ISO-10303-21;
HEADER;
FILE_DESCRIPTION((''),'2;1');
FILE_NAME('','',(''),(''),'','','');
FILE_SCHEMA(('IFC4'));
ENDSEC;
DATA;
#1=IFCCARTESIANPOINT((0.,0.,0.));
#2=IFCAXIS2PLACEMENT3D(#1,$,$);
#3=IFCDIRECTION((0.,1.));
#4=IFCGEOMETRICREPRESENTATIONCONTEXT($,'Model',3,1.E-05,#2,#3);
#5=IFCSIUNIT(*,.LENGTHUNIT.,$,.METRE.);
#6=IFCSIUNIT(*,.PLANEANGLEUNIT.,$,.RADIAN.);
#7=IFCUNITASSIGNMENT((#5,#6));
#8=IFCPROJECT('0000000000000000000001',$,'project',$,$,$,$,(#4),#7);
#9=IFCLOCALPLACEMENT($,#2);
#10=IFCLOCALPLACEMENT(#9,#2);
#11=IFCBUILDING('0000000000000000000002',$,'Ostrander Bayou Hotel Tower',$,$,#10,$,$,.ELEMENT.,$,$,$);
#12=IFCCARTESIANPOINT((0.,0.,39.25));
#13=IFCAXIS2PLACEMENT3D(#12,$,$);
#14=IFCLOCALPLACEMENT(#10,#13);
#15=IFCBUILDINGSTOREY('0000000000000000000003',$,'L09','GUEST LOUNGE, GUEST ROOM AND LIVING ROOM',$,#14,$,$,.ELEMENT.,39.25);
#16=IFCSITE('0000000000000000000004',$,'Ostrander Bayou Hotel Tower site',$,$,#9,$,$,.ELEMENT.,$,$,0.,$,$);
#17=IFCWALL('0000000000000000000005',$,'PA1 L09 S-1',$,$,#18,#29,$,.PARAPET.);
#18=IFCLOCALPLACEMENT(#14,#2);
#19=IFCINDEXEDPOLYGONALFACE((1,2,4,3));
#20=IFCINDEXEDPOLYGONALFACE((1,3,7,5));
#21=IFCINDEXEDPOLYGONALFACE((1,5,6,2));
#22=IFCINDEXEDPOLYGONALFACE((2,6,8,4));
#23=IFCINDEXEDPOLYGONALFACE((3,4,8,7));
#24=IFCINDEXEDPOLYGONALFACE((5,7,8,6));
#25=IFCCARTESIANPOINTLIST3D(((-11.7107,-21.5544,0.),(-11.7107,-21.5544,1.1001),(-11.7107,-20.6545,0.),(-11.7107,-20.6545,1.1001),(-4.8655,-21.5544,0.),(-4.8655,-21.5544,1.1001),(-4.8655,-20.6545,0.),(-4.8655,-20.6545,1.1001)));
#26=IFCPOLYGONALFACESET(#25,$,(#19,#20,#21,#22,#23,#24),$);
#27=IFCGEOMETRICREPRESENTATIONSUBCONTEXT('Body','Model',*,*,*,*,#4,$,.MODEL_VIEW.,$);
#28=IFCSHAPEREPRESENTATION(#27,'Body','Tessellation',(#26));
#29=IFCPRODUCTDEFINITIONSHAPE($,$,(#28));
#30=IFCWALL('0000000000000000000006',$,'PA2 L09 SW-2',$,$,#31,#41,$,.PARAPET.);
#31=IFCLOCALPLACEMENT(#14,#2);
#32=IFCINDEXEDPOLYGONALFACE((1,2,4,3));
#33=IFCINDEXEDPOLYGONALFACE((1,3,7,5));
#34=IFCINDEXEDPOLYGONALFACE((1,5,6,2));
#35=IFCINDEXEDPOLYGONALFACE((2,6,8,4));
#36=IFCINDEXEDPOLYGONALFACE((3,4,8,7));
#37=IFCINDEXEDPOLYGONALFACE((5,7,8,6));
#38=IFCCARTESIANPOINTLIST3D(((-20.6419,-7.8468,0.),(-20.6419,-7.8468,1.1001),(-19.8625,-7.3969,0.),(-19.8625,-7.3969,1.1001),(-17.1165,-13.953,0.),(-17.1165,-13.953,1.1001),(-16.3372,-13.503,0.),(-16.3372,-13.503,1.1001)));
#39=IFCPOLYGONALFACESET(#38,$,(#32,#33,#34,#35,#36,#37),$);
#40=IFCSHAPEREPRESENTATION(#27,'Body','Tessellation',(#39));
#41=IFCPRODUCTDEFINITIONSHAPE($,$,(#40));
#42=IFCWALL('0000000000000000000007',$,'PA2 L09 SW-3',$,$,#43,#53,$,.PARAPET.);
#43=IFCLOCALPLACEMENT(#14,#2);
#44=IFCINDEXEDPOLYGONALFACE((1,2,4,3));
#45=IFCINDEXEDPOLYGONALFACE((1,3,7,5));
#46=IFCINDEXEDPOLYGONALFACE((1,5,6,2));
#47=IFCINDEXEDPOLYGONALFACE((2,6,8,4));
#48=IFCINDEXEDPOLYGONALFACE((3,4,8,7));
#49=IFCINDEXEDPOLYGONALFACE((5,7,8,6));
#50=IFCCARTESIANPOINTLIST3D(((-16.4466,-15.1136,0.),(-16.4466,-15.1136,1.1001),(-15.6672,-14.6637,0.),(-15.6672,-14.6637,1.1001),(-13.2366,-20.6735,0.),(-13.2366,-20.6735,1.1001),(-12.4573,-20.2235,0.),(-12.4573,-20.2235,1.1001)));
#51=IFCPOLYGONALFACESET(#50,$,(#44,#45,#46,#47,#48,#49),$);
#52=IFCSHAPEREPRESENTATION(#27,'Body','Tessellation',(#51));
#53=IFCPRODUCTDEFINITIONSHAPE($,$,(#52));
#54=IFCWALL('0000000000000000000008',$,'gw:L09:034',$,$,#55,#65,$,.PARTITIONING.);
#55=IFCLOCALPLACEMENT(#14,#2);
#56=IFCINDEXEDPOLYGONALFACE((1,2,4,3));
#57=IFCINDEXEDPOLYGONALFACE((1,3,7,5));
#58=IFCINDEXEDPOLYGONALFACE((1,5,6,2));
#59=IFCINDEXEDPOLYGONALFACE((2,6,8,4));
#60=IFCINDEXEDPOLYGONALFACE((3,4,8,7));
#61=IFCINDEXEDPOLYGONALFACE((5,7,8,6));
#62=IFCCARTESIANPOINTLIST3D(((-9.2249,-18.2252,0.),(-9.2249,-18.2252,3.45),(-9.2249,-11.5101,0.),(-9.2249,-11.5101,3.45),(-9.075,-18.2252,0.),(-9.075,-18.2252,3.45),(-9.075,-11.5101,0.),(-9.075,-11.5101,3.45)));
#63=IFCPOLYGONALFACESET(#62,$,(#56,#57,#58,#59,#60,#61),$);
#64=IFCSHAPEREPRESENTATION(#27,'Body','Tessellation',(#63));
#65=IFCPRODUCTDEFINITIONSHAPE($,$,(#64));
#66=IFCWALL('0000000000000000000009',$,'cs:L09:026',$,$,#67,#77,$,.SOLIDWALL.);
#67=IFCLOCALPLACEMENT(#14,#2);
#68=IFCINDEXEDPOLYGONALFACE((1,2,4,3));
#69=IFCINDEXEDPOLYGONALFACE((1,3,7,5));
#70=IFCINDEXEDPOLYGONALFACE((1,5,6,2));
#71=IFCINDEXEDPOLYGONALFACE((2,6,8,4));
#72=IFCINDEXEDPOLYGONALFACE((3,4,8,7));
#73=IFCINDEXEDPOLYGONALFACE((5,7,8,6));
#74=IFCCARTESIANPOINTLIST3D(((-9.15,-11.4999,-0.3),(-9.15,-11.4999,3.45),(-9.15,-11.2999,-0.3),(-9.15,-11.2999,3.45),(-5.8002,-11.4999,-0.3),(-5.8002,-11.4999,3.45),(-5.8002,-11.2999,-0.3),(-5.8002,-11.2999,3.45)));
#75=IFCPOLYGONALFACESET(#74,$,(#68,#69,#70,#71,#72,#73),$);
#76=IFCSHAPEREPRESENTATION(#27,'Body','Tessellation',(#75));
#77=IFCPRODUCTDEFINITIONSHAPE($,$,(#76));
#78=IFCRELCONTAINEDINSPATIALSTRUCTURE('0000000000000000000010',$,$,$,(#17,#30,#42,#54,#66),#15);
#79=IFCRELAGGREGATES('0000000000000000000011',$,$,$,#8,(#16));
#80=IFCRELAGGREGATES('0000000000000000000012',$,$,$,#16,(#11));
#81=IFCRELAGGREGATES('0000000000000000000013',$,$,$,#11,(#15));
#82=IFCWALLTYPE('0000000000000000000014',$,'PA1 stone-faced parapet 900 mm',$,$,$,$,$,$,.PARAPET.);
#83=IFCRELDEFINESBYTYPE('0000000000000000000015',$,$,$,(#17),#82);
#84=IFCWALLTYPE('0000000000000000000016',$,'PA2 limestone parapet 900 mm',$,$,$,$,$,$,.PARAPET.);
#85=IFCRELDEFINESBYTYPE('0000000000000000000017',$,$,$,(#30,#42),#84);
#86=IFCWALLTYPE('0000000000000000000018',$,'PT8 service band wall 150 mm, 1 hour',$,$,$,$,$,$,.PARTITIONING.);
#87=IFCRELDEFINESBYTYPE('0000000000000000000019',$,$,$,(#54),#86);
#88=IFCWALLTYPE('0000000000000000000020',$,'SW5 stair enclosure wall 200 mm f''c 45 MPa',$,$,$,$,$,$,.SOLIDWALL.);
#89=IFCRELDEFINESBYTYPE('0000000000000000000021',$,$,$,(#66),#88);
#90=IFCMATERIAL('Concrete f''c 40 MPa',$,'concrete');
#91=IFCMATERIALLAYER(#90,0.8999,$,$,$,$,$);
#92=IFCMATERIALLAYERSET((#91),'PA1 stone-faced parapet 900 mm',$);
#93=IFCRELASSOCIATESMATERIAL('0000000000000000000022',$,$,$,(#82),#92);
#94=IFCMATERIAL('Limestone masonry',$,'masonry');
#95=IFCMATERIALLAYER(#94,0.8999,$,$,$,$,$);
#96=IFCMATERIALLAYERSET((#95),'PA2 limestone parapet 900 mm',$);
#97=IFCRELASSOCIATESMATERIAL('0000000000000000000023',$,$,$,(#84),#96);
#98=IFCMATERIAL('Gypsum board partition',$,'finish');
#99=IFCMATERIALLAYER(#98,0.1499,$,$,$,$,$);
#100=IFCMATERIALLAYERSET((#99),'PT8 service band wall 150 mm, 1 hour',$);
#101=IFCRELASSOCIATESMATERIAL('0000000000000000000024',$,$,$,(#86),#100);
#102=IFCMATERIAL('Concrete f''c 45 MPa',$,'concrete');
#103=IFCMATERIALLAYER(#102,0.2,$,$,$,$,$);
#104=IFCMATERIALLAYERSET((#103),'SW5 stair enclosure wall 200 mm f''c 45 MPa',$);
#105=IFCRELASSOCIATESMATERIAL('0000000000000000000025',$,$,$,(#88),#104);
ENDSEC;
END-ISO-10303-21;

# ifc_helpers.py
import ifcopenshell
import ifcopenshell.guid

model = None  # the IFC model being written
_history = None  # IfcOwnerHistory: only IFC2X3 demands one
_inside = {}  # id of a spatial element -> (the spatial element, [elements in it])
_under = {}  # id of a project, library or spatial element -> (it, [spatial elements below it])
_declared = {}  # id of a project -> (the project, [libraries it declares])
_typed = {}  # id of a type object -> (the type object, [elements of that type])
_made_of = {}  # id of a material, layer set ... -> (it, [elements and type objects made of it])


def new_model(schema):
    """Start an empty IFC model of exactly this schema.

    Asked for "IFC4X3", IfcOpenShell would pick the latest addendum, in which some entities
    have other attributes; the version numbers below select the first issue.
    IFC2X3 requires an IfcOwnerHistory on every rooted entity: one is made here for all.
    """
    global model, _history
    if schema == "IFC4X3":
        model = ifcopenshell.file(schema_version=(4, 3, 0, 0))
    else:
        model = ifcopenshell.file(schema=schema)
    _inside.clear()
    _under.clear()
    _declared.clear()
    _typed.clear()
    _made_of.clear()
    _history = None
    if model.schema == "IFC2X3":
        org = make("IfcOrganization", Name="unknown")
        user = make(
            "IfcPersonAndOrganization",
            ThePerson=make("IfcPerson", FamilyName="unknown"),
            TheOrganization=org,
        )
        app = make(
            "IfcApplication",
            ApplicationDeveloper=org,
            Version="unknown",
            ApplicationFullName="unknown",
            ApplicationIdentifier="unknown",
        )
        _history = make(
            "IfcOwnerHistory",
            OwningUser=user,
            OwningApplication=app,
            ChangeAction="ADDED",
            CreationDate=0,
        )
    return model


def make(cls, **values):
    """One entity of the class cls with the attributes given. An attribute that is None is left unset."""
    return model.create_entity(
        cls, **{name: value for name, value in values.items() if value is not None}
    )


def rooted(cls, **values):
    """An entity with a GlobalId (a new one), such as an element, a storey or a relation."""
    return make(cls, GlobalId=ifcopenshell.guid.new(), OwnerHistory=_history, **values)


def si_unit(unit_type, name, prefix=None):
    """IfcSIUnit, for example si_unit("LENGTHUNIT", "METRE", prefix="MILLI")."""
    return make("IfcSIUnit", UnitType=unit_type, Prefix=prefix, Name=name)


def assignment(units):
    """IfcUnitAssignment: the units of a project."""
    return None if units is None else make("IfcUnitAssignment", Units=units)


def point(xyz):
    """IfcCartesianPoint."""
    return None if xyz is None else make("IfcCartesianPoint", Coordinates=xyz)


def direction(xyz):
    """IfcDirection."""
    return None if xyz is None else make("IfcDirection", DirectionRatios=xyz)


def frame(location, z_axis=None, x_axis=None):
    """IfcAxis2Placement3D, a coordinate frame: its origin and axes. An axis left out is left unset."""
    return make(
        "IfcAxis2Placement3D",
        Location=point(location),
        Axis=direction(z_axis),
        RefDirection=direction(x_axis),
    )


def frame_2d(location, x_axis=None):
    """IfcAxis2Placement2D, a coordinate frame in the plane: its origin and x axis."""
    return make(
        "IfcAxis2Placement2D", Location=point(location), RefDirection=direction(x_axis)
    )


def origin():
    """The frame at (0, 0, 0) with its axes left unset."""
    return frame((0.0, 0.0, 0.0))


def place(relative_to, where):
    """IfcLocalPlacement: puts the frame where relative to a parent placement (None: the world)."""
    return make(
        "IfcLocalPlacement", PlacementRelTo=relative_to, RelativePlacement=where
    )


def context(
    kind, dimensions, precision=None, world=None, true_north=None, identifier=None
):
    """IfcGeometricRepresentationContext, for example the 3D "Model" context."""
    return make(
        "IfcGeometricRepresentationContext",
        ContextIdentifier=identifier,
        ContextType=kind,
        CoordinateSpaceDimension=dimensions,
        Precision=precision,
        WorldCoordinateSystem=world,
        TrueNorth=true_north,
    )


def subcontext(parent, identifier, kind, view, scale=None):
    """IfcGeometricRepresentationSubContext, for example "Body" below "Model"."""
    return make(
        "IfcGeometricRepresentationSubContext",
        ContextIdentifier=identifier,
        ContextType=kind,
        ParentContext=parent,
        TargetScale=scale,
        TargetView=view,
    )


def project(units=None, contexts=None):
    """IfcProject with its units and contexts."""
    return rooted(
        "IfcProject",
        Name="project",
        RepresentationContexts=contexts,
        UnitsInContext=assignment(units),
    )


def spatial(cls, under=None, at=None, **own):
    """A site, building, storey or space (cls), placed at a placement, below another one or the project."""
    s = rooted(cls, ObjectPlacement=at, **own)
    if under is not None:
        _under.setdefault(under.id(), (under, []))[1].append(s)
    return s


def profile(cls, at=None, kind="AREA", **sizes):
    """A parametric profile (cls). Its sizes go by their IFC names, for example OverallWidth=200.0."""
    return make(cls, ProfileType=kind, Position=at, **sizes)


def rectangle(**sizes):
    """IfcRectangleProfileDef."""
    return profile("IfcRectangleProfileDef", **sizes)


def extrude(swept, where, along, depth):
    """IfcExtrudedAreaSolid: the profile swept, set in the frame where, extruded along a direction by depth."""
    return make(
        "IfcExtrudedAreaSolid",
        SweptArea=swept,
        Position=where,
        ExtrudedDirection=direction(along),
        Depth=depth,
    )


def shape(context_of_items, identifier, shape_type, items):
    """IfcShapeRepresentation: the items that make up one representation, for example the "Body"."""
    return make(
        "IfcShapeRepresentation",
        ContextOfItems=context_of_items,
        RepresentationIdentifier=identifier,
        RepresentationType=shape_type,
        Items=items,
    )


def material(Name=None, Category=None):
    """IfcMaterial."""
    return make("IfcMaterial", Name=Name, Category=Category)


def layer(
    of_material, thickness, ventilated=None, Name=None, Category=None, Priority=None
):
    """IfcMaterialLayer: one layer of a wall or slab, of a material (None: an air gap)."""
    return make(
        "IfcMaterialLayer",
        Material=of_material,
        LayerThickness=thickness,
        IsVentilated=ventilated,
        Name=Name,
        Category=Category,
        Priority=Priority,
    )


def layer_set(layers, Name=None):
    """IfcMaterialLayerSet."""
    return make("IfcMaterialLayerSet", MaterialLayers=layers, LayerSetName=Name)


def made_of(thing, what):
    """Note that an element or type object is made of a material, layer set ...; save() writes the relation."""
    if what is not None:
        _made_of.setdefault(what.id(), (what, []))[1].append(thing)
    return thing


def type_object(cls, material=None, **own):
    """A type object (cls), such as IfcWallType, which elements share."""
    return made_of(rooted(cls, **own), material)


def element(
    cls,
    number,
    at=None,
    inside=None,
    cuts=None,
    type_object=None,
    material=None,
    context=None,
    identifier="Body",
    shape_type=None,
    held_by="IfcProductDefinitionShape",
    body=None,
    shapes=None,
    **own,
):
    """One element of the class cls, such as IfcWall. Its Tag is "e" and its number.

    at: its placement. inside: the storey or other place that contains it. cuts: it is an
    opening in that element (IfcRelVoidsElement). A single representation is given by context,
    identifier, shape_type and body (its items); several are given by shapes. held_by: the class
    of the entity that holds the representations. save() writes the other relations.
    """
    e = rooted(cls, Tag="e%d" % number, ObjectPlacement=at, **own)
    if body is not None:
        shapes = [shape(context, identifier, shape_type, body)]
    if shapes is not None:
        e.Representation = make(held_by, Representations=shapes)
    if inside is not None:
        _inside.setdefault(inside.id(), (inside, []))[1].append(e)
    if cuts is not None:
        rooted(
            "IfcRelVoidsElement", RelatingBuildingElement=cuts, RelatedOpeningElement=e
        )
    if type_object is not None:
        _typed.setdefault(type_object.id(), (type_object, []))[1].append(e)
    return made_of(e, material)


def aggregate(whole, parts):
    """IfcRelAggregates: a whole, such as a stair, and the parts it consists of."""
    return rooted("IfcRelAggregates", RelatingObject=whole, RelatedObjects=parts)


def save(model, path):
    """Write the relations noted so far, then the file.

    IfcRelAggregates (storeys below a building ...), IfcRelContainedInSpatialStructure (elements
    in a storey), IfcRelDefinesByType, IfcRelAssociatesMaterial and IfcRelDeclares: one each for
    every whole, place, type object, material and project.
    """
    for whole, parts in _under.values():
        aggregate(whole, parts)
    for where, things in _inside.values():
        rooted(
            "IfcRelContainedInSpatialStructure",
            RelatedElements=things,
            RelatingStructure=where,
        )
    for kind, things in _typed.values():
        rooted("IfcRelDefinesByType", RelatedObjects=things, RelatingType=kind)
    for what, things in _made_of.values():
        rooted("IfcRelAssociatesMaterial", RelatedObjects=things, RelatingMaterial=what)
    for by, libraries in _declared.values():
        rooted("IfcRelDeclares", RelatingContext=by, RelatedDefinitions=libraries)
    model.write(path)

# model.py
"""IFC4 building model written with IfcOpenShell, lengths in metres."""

from ifc_helpers import new_model, si_unit, direction, frame, frame_2d, origin, place, context, subcontext, project, spatial, rectangle, extrude, material, layer, layer_set, type_object, element, save


model = new_model("IFC4")

# Units and contexts
model_context = context("Model", 3, precision=1e-05, world=origin(), true_north=direction((0.0, 1.0)))
body_context = subcontext(model_context, "Body", "Model", "MODEL_VIEW")
ifc_project = project(units=[si_unit("LENGTHUNIT", "METRE"), si_unit("PLANEANGLEUNIT", "RADIAN")], contexts=[model_context])

# Site, building, storey
site_placement = place(None, origin())
site = spatial("IfcSite", under=ifc_project, at=site_placement, Name="Ostrander Bayou Hotel Tower site", CompositionType="ELEMENT", RefElevation=0.0)
building_placement = place(site_placement, origin())
building = spatial("IfcBuilding", under=site, at=building_placement, Name="Ostrander Bayou Hotel Tower", CompositionType="ELEMENT")
storey_placement = place(building_placement, frame((0.0, 0.0, 39.25)))
storey = spatial("IfcBuildingStorey", under=building, at=storey_placement, Name="L09", Description="GUEST LOUNGE, GUEST ROOM AND LIVING ROOM", CompositionType="ELEMENT", Elevation=39.25)

# Walls
ifc_material_1 = material(Name="Concrete f'c 40 MPa", Category="concrete")
ifc_layer_1 = layer(ifc_material_1, 0.8999)
ifc_layer_set_1 = layer_set([ifc_layer_1], Name="PA1 stone-faced parapet 900 mm")
wall_type_1 = type_object("IfcWallType", Name="PA1 stone-faced parapet 900 mm", PredefinedType="PARAPET", material=ifc_layer_set_1)
wall_1_placement = place(storey_placement, frame((-11.7107, -21.1045, 0.0), z_axis=(0.0, 0.0, 1.0), x_axis=(1.0, 0.0, 0.0)))
element("IfcWall", 1, at=wall_1_placement, inside=storey, type_object=wall_type_1, Name="PA1 L09 S-1", PredefinedType="PARAPET", context=body_context, shape_type="SweptSolid", body=[
    extrude(rectangle(XDim=6.8452, YDim=0.8999, at=frame_2d((3.4226, 0.0))), origin(), (0.0, 0.0, 1.0), 1.1001),
])
ifc_material_2 = material(Name="Limestone masonry", Category="masonry")
ifc_layer_2 = layer(ifc_material_2, 0.8999)
ifc_layer_set_2 = layer_set([ifc_layer_2], Name="PA2 limestone parapet 900 mm")
wall_type_2 = type_object("IfcWallType", Name="PA2 limestone parapet 900 mm", PredefinedType="PARAPET", material=ifc_layer_set_2)
wall_2_placement = place(storey_placement, frame((-20.2522, -7.6218, 0.0), z_axis=(0.0, 0.0, 1.0), x_axis=(0.499997, -0.866027, 0.0)))
element("IfcWall", 2, at=wall_2_placement, inside=storey, type_object=wall_type_2, Name="PA2 L09 SW-2", PredefinedType="PARAPET", context=body_context, shape_type="SweptSolid", body=[
    extrude(rectangle(XDim=7.0508, YDim=0.8999, at=frame_2d((3.5254, 0.0))), origin(), (0.0, 0.0, 1.0), 1.1001),
])
wall_3_placement = place(storey_placement, frame((-16.0569, -14.8887, 0.0), z_axis=(0.0, 0.0, 1.0), x_axis=(0.5, -0.866025, 0.0)))
element("IfcWall", 3, at=wall_3_placement, inside=storey, type_object=wall_type_2, Name="PA2 L09 SW-3", PredefinedType="PARAPET", context=body_context, shape_type="SweptSolid", body=[
    extrude(rectangle(XDim=6.4199, YDim=0.8999, at=frame_2d((3.21, 0.0))), origin(), (0.0, 0.0, 1.0), 1.1001),
])
ifc_material_3 = material(Name="Gypsum board partition", Category="finish")
ifc_layer_3 = layer(ifc_material_3, 0.1499)
ifc_layer_set_3 = layer_set([ifc_layer_3], Name="PT8 service band wall 150 mm, 1 hour")
wall_type_3 = type_object("IfcWallType", Name="PT8 service band wall 150 mm, 1 hour", PredefinedType="PARTITIONING", material=ifc_layer_set_3)
wall_4_placement = place(storey_placement, frame((-9.1499, -18.2251, 0.0), z_axis=(0.0, 0.0, 1.0), x_axis=(0.0, 1.0, 0.0)))
element("IfcWall", 4, at=wall_4_placement, inside=storey, type_object=wall_type_3, Name="gw:L09:034", PredefinedType="PARTITIONING", context=body_context, shape_type="SweptSolid", body=[
    extrude(rectangle(XDim=6.7151, YDim=0.1499, at=frame_2d((3.3574, 0.0))), origin(), (0.0, 0.0, 1.0), 3.45),
])
ifc_material_4 = material(Name="Concrete f'c 45 MPa", Category="concrete")
ifc_layer_4 = layer(ifc_material_4, 0.2)
ifc_layer_set_4 = layer_set([ifc_layer_4], Name="SW5 stair enclosure wall 200 mm f'c 45 MPa")
wall_type_4 = type_object("IfcWallType", Name="SW5 stair enclosure wall 200 mm f'c 45 MPa", PredefinedType="SOLIDWALL", material=ifc_layer_set_4)
wall_5_placement = place(storey_placement, frame((-9.1499, -11.3999, -0.3), z_axis=(0.0, 0.0, 1.0), x_axis=(1.0, 0.0, 0.0)))
element("IfcWall", 5, at=wall_5_placement, inside=storey, type_object=wall_type_4, Name="cs:L09:026", PredefinedType="SOLIDWALL", context=body_context, shape_type="SweptSolid", body=[
    extrude(rectangle(XDim=3.3499, YDim=0.2, at=frame_2d((1.6748, 0.0))), origin(), (0.0, 0.0, 1.0), 3.75),
])

save(model, "model.ifc")
